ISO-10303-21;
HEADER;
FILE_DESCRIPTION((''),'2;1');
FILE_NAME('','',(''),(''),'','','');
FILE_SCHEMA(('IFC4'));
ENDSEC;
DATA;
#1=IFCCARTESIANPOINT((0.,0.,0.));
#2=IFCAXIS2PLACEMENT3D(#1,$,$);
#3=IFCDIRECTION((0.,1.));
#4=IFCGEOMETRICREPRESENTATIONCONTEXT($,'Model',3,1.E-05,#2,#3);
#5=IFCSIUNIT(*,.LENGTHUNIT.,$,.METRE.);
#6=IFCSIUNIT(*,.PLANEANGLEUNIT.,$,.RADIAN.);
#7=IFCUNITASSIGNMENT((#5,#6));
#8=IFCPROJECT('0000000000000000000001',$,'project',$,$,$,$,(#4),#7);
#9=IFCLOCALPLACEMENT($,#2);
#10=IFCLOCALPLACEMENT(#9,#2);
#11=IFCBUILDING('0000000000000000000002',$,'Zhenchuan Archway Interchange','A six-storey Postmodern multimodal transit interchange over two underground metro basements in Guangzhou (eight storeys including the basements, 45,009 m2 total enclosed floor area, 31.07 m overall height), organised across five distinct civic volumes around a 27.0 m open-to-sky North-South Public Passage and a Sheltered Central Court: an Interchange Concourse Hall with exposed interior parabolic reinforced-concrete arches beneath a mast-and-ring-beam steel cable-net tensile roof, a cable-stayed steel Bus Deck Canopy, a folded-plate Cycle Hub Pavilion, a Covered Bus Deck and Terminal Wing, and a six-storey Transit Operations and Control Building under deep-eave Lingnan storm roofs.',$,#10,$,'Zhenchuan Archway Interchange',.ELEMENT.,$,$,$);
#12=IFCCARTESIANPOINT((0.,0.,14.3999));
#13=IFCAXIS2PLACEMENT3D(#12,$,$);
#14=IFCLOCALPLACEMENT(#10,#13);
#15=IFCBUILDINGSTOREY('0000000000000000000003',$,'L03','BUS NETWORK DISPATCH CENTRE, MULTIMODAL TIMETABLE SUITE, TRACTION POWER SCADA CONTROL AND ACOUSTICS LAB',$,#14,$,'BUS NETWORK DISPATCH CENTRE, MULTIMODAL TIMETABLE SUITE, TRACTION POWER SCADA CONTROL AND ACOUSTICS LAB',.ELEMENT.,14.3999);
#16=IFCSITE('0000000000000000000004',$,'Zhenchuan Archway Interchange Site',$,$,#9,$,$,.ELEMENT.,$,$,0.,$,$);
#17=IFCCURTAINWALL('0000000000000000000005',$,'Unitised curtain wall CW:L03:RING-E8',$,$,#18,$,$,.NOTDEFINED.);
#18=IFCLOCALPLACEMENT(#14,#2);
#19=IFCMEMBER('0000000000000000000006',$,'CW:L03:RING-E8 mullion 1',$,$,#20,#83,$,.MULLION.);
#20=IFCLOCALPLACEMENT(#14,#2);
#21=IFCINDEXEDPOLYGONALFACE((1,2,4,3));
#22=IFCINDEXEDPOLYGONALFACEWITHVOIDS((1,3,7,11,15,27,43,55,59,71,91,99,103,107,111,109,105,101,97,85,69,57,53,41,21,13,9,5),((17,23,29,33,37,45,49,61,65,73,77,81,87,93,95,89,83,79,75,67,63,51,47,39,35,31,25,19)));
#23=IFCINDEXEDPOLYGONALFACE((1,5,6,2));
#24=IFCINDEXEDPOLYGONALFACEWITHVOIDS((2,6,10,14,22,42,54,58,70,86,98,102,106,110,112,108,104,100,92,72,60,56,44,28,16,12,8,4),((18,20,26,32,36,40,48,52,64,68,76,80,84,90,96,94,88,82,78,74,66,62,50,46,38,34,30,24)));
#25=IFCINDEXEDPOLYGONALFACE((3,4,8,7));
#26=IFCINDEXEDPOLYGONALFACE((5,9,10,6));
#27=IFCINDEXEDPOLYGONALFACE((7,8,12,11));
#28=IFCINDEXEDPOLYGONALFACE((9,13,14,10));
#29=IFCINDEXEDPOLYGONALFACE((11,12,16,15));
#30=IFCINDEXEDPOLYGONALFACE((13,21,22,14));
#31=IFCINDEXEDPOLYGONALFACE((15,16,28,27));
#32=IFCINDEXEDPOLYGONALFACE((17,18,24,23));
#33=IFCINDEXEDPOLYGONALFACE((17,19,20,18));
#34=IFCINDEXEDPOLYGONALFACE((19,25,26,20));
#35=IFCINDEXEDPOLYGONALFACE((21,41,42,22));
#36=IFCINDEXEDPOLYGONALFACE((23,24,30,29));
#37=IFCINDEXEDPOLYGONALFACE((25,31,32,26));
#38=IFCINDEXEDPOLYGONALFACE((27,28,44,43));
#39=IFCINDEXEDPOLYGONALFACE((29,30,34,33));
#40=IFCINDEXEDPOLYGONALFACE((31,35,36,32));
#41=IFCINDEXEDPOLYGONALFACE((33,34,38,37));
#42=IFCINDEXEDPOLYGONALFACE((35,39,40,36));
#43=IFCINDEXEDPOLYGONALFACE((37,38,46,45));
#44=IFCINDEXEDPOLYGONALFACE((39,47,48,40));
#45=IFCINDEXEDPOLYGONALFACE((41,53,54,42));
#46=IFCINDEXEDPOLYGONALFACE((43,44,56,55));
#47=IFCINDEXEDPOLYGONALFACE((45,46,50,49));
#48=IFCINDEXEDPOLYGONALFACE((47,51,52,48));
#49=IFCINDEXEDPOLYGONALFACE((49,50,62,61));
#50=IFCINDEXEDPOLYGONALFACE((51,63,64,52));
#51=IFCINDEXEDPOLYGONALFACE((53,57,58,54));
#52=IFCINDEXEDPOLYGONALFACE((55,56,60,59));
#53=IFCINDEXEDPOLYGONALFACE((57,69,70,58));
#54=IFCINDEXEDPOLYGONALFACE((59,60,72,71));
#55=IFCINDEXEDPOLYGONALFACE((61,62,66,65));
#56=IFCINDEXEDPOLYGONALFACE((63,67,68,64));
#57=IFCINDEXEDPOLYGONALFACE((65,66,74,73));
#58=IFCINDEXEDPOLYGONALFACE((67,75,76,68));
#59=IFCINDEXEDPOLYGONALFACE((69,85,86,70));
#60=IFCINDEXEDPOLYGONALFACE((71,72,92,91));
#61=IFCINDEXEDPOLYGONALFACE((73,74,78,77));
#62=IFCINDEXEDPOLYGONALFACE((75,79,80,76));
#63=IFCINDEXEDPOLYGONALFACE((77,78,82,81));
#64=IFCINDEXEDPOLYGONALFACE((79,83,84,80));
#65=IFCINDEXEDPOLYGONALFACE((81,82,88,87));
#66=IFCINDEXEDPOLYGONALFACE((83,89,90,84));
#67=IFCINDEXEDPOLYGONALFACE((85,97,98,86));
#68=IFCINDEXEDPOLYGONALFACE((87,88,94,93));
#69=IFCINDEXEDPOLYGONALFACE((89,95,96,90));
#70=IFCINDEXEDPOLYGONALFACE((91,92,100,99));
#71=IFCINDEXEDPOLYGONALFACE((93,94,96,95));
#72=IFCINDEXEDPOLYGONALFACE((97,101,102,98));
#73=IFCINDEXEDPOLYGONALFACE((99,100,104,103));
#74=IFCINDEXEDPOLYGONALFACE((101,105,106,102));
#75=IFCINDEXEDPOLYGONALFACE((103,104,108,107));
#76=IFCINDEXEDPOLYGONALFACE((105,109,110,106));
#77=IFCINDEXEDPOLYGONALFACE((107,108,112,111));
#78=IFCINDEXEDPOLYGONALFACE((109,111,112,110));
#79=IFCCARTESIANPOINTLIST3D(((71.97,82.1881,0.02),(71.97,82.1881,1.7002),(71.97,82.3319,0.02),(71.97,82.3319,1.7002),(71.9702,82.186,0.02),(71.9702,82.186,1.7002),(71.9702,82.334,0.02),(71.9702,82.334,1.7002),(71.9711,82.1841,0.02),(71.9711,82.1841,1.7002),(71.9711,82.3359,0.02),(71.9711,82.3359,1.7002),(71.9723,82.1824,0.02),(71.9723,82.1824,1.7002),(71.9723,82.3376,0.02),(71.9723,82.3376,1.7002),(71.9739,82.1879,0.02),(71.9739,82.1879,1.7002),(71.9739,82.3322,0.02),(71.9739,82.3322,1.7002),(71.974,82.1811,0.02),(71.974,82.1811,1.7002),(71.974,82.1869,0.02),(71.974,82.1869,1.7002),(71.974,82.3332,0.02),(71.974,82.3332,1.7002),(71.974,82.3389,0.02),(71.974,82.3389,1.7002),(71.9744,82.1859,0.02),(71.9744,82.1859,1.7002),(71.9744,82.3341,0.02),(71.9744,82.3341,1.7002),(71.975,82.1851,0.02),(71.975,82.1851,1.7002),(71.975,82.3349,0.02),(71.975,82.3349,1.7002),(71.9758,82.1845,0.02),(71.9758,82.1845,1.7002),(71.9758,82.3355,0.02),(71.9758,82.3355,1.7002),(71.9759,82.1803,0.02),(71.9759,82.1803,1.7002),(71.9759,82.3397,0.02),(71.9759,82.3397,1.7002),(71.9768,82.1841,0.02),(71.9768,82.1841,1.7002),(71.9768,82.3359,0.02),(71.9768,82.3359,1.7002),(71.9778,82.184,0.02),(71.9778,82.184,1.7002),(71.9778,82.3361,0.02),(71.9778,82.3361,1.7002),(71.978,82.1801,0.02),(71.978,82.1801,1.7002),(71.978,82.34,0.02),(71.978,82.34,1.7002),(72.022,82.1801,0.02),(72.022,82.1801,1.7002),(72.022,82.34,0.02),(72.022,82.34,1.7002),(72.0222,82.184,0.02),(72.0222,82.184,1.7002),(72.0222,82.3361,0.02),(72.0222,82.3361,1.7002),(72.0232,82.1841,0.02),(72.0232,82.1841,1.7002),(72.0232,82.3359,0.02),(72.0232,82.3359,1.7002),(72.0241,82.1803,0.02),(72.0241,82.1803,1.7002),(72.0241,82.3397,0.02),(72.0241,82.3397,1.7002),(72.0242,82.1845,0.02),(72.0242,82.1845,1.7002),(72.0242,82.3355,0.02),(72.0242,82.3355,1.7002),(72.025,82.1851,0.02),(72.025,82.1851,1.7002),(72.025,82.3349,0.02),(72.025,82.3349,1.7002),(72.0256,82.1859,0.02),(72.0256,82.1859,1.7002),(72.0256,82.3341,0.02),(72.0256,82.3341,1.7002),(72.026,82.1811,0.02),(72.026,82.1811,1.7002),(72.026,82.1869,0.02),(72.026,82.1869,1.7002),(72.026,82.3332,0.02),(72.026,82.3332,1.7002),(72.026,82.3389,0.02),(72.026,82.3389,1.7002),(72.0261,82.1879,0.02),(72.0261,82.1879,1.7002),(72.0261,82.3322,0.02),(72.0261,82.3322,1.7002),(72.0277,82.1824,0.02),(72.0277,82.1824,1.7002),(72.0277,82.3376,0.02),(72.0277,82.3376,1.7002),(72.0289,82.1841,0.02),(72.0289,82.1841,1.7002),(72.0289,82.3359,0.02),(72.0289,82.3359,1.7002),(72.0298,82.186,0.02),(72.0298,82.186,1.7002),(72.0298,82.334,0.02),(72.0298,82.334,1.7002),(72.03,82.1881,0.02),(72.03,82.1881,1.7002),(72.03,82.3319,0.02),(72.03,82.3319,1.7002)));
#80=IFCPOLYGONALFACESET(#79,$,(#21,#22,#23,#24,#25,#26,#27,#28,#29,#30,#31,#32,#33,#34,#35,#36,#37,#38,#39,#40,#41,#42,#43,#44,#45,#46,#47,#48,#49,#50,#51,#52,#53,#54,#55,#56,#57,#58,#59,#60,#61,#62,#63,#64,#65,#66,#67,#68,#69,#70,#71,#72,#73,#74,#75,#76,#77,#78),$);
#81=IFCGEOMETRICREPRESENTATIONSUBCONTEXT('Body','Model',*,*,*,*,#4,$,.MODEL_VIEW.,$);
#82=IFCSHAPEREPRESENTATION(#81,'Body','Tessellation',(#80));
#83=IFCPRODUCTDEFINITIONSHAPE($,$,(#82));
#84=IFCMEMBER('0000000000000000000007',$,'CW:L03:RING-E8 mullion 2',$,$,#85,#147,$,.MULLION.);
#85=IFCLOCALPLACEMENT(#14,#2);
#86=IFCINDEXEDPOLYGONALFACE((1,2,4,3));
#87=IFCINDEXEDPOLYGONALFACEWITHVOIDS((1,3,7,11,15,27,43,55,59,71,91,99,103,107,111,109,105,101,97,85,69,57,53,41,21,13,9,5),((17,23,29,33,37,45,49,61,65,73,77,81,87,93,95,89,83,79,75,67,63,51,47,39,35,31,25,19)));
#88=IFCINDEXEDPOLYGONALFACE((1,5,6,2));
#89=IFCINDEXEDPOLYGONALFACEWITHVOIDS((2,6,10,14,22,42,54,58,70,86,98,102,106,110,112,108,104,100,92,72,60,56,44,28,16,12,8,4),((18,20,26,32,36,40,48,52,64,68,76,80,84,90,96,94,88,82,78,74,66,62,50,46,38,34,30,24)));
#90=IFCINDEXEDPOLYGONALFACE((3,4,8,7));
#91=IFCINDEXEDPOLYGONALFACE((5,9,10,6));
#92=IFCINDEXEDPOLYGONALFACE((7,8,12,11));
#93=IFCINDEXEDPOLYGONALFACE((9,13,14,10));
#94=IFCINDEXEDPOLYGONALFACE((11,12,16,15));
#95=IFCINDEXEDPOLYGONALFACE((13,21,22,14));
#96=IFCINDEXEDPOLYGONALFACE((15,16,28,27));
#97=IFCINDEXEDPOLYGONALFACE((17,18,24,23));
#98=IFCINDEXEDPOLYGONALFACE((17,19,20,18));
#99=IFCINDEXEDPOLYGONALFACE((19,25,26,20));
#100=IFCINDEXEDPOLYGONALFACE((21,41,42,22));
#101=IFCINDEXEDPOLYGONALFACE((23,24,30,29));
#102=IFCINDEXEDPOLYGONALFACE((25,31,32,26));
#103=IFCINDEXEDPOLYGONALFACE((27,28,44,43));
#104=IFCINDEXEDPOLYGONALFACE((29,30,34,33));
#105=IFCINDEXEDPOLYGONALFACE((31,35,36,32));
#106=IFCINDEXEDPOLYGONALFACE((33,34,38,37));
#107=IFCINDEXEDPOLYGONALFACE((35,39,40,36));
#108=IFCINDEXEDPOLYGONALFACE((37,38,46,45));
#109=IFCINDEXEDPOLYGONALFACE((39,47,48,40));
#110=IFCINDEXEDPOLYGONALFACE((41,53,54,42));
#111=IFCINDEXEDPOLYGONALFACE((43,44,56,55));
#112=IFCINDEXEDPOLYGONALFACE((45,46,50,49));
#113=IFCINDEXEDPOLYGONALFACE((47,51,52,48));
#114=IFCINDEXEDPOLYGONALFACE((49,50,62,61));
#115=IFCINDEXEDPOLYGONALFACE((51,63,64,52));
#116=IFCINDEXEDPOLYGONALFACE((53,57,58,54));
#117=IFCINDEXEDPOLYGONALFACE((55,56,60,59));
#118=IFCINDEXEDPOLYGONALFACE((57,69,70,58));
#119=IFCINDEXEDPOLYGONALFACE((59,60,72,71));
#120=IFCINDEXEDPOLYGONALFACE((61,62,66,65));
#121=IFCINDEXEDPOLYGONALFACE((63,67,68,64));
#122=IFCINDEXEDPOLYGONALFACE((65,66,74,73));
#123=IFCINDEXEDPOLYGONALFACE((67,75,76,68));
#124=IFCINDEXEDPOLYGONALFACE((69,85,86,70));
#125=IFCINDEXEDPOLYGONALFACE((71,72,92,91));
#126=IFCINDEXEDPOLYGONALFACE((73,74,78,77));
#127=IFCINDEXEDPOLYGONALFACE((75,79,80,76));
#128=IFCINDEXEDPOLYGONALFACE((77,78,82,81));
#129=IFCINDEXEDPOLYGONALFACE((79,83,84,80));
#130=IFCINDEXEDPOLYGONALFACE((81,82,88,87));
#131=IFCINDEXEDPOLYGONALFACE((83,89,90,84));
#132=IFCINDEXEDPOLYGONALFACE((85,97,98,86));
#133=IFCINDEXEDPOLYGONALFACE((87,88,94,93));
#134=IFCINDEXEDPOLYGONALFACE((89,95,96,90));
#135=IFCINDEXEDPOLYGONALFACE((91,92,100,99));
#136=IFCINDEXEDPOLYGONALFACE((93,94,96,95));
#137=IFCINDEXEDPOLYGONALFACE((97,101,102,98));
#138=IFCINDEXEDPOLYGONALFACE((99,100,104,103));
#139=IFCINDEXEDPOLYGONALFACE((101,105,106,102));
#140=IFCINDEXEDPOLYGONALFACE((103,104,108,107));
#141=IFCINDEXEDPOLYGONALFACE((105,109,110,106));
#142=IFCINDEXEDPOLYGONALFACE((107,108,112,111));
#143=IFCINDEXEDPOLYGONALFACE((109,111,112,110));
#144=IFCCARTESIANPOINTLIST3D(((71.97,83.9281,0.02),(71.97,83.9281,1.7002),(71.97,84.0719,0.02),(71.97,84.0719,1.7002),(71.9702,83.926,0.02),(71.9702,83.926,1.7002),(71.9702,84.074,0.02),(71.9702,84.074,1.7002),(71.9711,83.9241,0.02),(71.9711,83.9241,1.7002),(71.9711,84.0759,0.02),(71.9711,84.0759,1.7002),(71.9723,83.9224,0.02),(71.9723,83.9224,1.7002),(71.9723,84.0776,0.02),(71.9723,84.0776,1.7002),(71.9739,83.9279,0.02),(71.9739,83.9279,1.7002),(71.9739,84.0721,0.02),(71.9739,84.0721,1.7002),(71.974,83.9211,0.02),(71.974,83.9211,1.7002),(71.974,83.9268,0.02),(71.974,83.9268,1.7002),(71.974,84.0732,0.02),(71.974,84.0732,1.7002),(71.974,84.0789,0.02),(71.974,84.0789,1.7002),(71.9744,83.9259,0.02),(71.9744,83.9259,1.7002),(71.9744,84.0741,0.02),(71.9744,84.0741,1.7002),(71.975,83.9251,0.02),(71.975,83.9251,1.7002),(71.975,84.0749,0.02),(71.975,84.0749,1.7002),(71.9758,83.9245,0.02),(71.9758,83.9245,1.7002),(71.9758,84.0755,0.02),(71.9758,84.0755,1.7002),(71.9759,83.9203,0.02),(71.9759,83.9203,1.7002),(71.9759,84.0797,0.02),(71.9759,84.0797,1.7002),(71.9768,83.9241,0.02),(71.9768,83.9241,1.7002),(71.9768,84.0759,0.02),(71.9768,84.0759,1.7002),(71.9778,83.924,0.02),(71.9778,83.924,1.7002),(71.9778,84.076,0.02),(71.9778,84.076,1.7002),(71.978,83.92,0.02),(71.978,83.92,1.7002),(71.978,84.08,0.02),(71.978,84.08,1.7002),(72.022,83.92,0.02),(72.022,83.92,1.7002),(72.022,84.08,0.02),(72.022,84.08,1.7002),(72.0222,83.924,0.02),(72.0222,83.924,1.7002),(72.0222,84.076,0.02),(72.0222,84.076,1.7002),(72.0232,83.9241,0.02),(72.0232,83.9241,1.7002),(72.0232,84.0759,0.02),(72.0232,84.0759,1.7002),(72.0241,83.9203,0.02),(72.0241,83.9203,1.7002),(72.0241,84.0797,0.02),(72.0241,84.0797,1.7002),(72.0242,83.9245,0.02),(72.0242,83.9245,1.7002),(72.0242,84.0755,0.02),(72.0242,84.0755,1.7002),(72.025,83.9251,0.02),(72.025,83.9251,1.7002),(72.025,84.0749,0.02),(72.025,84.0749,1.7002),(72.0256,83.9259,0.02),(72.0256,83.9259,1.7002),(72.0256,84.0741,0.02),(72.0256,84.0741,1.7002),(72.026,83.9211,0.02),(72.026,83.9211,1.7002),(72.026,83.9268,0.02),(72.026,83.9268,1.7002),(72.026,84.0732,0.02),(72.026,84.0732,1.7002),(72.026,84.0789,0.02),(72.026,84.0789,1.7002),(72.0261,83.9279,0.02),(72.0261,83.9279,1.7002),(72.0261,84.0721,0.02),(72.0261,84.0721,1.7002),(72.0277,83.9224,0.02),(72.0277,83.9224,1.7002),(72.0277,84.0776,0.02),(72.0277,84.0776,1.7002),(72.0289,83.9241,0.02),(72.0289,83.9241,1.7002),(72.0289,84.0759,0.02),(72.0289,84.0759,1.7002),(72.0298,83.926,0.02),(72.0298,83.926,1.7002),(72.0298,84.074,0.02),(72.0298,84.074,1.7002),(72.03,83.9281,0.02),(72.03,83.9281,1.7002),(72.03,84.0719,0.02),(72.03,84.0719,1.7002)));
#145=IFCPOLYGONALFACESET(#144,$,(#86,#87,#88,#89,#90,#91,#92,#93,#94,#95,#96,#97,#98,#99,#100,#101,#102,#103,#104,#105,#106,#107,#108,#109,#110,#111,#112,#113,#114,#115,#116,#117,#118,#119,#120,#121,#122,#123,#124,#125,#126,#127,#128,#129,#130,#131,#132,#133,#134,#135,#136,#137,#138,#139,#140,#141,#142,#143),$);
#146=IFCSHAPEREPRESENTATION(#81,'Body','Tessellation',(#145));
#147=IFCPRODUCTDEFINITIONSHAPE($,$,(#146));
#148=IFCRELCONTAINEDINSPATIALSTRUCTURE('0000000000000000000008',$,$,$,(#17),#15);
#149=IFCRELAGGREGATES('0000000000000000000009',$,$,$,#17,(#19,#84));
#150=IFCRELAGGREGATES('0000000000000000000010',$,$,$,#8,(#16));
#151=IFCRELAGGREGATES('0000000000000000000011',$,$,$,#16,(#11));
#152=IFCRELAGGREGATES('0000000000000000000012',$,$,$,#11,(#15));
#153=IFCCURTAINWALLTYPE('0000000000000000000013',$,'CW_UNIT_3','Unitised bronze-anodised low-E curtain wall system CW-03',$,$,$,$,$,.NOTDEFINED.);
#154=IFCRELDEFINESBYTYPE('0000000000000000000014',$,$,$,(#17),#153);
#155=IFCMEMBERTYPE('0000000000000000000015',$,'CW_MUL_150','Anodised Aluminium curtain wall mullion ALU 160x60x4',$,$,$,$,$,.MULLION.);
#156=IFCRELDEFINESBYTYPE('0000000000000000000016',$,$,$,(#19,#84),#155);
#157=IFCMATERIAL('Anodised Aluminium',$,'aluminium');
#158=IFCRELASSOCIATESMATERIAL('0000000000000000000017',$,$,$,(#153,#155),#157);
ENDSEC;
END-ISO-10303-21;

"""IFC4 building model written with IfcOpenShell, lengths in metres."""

from ifc_helpers import new_model, si_unit, direction, frame, origin, origin_2d, place, context, subcontext, project, spatial, hollow_rectangle, extrude, material, material_profile, profile_set, type_object, element, aggregate, save


model = new_model("IFC4")

# Units and contexts
model_context = context("Model", 3, precision=1e-05, world=origin(), true_north=direction((0.0, 1.0)))
body_context = subcontext(model_context, "Body", "Model", "MODEL_VIEW")
ifc_project = project(units=[si_unit("LENGTHUNIT", "METRE"), si_unit("PLANEANGLEUNIT", "RADIAN")], contexts=[model_context])

# Site, building, storey
site_placement = place(None, origin())
site = spatial("IfcSite", under=ifc_project, at=site_placement, Name="Zhenchuan Archway Interchange Site", CompositionType="ELEMENT", RefElevation=0.0)
building_placement = place(site_placement, origin())
building = spatial("IfcBuilding", under=site, at=building_placement, Name="Zhenchuan Archway Interchange", Description="A six-storey Postmodern multimodal transit interchange over two underground metro basements in Guangzhou (eight storeys including the basements, 45,009 m2 total enclosed floor area, 31.07 m overall height), organised across five distinct civic volumes around a 27.0 m open-to-sky North-South Public Passage and a Sheltered Central Court: an Interchange Concourse Hall with exposed interior parabolic reinforced-concrete arches beneath a mast-and-ring-beam steel cable-net tensile roof, a cable-stayed steel Bus Deck Canopy, a folded-plate Cycle Hub Pavilion, a Covered Bus Deck and Terminal Wing, and a six-storey Transit Operations and Control Building under deep-eave Lingnan storm roofs.", LongName="Zhenchuan Archway Interchange", CompositionType="ELEMENT")
storey_placement = place(building_placement, frame((0.0, 0.0, 14.3999)))
storey = spatial("IfcBuildingStorey", under=building, at=storey_placement, Name="L03", Description="BUS NETWORK DISPATCH CENTRE, MULTIMODAL TIMETABLE SUITE, TRACTION POWER SCADA CONTROL AND ACOUSTICS LAB", LongName="BUS NETWORK DISPATCH CENTRE, MULTIMODAL TIMETABLE SUITE, TRACTION POWER SCADA CONTROL AND ACOUSTICS LAB", CompositionType="ELEMENT", Elevation=14.3999)

# Shared definitions
ifc_material_1 = material(Name="Anodised Aluminium", Category="aluminium")
curtain_wall_type = type_object("IfcCurtainWallType", Name="CW_UNIT_3", Description="Unitised bronze-anodised low-E curtain wall system CW-03", PredefinedType="NOTDEFINED", material=ifc_material_1)
ifc_material_profile_1 = material_profile(ifc_material_1, hollow_rectangle(XDim=0.0601, YDim=0.1599, WallThickness=0.0039, InnerFilletRadius=0.0039, OuterFilletRadius=0.0081, at=origin_2d()), Name="ALU 160x60x4")
ifc_profile_set_1 = profile_set([ifc_material_profile_1], Name="Anodised Aluminium")
member_type_1 = type_object("IfcMemberType", Name="CW_MUL_150", Description="Anodised Aluminium curtain wall mullion ALU 160x60x4", PredefinedType="MULLION", material=ifc_profile_set_1)

# Curtain wall, members
curtain_wall_1_placement = place(storey_placement, origin())
curtain_wall_1 = element("IfcCurtainWall", 1, at=curtain_wall_1_placement, inside=storey, type_object=curtain_wall_type, Name="Unitised curtain wall CW:L03:RING-E8", PredefinedType="NOTDEFINED")
member_1_placement = place(storey_placement, frame((72.0, 82.26, 0.02), z_axis=(0.0, 0.0, 1.0), x_axis=(1.0, 0.0, 0.0)))
member_1 = element("IfcMember", 2, at=member_1_placement, type_object=member_type_1, Name="CW:L03:RING-E8 mullion 1", PredefinedType="MULLION", context=body_context, shape_type="SweptSolid", body=[
    extrude(hollow_rectangle(XDim=0.0601, YDim=0.1599, WallThickness=0.0039, InnerFilletRadius=0.0039, OuterFilletRadius=0.0081, at=origin_2d()), origin(), (0.0, 0.0, 1.0), 1.6802),
])
member_2_placement = place(storey_placement, frame((72.0, 84.0, 0.02), z_axis=(0.0, 0.0, 1.0), x_axis=(1.0, 0.0, 0.0)))
member_2 = element("IfcMember", 3, at=member_2_placement, type_object=member_type_1, Name="CW:L03:RING-E8 mullion 2", PredefinedType="MULLION", context=body_context, shape_type="SweptSolid", body=[
    extrude(hollow_rectangle(XDim=0.0601, YDim=0.1599, WallThickness=0.0039, InnerFilletRadius=0.0039, OuterFilletRadius=0.0081, at=origin_2d()), origin(), (0.0, 0.0, 1.0), 1.6802),
])

aggregate(curtain_wall_1, [member_1, member_2])

save(model, "model.ifc")
